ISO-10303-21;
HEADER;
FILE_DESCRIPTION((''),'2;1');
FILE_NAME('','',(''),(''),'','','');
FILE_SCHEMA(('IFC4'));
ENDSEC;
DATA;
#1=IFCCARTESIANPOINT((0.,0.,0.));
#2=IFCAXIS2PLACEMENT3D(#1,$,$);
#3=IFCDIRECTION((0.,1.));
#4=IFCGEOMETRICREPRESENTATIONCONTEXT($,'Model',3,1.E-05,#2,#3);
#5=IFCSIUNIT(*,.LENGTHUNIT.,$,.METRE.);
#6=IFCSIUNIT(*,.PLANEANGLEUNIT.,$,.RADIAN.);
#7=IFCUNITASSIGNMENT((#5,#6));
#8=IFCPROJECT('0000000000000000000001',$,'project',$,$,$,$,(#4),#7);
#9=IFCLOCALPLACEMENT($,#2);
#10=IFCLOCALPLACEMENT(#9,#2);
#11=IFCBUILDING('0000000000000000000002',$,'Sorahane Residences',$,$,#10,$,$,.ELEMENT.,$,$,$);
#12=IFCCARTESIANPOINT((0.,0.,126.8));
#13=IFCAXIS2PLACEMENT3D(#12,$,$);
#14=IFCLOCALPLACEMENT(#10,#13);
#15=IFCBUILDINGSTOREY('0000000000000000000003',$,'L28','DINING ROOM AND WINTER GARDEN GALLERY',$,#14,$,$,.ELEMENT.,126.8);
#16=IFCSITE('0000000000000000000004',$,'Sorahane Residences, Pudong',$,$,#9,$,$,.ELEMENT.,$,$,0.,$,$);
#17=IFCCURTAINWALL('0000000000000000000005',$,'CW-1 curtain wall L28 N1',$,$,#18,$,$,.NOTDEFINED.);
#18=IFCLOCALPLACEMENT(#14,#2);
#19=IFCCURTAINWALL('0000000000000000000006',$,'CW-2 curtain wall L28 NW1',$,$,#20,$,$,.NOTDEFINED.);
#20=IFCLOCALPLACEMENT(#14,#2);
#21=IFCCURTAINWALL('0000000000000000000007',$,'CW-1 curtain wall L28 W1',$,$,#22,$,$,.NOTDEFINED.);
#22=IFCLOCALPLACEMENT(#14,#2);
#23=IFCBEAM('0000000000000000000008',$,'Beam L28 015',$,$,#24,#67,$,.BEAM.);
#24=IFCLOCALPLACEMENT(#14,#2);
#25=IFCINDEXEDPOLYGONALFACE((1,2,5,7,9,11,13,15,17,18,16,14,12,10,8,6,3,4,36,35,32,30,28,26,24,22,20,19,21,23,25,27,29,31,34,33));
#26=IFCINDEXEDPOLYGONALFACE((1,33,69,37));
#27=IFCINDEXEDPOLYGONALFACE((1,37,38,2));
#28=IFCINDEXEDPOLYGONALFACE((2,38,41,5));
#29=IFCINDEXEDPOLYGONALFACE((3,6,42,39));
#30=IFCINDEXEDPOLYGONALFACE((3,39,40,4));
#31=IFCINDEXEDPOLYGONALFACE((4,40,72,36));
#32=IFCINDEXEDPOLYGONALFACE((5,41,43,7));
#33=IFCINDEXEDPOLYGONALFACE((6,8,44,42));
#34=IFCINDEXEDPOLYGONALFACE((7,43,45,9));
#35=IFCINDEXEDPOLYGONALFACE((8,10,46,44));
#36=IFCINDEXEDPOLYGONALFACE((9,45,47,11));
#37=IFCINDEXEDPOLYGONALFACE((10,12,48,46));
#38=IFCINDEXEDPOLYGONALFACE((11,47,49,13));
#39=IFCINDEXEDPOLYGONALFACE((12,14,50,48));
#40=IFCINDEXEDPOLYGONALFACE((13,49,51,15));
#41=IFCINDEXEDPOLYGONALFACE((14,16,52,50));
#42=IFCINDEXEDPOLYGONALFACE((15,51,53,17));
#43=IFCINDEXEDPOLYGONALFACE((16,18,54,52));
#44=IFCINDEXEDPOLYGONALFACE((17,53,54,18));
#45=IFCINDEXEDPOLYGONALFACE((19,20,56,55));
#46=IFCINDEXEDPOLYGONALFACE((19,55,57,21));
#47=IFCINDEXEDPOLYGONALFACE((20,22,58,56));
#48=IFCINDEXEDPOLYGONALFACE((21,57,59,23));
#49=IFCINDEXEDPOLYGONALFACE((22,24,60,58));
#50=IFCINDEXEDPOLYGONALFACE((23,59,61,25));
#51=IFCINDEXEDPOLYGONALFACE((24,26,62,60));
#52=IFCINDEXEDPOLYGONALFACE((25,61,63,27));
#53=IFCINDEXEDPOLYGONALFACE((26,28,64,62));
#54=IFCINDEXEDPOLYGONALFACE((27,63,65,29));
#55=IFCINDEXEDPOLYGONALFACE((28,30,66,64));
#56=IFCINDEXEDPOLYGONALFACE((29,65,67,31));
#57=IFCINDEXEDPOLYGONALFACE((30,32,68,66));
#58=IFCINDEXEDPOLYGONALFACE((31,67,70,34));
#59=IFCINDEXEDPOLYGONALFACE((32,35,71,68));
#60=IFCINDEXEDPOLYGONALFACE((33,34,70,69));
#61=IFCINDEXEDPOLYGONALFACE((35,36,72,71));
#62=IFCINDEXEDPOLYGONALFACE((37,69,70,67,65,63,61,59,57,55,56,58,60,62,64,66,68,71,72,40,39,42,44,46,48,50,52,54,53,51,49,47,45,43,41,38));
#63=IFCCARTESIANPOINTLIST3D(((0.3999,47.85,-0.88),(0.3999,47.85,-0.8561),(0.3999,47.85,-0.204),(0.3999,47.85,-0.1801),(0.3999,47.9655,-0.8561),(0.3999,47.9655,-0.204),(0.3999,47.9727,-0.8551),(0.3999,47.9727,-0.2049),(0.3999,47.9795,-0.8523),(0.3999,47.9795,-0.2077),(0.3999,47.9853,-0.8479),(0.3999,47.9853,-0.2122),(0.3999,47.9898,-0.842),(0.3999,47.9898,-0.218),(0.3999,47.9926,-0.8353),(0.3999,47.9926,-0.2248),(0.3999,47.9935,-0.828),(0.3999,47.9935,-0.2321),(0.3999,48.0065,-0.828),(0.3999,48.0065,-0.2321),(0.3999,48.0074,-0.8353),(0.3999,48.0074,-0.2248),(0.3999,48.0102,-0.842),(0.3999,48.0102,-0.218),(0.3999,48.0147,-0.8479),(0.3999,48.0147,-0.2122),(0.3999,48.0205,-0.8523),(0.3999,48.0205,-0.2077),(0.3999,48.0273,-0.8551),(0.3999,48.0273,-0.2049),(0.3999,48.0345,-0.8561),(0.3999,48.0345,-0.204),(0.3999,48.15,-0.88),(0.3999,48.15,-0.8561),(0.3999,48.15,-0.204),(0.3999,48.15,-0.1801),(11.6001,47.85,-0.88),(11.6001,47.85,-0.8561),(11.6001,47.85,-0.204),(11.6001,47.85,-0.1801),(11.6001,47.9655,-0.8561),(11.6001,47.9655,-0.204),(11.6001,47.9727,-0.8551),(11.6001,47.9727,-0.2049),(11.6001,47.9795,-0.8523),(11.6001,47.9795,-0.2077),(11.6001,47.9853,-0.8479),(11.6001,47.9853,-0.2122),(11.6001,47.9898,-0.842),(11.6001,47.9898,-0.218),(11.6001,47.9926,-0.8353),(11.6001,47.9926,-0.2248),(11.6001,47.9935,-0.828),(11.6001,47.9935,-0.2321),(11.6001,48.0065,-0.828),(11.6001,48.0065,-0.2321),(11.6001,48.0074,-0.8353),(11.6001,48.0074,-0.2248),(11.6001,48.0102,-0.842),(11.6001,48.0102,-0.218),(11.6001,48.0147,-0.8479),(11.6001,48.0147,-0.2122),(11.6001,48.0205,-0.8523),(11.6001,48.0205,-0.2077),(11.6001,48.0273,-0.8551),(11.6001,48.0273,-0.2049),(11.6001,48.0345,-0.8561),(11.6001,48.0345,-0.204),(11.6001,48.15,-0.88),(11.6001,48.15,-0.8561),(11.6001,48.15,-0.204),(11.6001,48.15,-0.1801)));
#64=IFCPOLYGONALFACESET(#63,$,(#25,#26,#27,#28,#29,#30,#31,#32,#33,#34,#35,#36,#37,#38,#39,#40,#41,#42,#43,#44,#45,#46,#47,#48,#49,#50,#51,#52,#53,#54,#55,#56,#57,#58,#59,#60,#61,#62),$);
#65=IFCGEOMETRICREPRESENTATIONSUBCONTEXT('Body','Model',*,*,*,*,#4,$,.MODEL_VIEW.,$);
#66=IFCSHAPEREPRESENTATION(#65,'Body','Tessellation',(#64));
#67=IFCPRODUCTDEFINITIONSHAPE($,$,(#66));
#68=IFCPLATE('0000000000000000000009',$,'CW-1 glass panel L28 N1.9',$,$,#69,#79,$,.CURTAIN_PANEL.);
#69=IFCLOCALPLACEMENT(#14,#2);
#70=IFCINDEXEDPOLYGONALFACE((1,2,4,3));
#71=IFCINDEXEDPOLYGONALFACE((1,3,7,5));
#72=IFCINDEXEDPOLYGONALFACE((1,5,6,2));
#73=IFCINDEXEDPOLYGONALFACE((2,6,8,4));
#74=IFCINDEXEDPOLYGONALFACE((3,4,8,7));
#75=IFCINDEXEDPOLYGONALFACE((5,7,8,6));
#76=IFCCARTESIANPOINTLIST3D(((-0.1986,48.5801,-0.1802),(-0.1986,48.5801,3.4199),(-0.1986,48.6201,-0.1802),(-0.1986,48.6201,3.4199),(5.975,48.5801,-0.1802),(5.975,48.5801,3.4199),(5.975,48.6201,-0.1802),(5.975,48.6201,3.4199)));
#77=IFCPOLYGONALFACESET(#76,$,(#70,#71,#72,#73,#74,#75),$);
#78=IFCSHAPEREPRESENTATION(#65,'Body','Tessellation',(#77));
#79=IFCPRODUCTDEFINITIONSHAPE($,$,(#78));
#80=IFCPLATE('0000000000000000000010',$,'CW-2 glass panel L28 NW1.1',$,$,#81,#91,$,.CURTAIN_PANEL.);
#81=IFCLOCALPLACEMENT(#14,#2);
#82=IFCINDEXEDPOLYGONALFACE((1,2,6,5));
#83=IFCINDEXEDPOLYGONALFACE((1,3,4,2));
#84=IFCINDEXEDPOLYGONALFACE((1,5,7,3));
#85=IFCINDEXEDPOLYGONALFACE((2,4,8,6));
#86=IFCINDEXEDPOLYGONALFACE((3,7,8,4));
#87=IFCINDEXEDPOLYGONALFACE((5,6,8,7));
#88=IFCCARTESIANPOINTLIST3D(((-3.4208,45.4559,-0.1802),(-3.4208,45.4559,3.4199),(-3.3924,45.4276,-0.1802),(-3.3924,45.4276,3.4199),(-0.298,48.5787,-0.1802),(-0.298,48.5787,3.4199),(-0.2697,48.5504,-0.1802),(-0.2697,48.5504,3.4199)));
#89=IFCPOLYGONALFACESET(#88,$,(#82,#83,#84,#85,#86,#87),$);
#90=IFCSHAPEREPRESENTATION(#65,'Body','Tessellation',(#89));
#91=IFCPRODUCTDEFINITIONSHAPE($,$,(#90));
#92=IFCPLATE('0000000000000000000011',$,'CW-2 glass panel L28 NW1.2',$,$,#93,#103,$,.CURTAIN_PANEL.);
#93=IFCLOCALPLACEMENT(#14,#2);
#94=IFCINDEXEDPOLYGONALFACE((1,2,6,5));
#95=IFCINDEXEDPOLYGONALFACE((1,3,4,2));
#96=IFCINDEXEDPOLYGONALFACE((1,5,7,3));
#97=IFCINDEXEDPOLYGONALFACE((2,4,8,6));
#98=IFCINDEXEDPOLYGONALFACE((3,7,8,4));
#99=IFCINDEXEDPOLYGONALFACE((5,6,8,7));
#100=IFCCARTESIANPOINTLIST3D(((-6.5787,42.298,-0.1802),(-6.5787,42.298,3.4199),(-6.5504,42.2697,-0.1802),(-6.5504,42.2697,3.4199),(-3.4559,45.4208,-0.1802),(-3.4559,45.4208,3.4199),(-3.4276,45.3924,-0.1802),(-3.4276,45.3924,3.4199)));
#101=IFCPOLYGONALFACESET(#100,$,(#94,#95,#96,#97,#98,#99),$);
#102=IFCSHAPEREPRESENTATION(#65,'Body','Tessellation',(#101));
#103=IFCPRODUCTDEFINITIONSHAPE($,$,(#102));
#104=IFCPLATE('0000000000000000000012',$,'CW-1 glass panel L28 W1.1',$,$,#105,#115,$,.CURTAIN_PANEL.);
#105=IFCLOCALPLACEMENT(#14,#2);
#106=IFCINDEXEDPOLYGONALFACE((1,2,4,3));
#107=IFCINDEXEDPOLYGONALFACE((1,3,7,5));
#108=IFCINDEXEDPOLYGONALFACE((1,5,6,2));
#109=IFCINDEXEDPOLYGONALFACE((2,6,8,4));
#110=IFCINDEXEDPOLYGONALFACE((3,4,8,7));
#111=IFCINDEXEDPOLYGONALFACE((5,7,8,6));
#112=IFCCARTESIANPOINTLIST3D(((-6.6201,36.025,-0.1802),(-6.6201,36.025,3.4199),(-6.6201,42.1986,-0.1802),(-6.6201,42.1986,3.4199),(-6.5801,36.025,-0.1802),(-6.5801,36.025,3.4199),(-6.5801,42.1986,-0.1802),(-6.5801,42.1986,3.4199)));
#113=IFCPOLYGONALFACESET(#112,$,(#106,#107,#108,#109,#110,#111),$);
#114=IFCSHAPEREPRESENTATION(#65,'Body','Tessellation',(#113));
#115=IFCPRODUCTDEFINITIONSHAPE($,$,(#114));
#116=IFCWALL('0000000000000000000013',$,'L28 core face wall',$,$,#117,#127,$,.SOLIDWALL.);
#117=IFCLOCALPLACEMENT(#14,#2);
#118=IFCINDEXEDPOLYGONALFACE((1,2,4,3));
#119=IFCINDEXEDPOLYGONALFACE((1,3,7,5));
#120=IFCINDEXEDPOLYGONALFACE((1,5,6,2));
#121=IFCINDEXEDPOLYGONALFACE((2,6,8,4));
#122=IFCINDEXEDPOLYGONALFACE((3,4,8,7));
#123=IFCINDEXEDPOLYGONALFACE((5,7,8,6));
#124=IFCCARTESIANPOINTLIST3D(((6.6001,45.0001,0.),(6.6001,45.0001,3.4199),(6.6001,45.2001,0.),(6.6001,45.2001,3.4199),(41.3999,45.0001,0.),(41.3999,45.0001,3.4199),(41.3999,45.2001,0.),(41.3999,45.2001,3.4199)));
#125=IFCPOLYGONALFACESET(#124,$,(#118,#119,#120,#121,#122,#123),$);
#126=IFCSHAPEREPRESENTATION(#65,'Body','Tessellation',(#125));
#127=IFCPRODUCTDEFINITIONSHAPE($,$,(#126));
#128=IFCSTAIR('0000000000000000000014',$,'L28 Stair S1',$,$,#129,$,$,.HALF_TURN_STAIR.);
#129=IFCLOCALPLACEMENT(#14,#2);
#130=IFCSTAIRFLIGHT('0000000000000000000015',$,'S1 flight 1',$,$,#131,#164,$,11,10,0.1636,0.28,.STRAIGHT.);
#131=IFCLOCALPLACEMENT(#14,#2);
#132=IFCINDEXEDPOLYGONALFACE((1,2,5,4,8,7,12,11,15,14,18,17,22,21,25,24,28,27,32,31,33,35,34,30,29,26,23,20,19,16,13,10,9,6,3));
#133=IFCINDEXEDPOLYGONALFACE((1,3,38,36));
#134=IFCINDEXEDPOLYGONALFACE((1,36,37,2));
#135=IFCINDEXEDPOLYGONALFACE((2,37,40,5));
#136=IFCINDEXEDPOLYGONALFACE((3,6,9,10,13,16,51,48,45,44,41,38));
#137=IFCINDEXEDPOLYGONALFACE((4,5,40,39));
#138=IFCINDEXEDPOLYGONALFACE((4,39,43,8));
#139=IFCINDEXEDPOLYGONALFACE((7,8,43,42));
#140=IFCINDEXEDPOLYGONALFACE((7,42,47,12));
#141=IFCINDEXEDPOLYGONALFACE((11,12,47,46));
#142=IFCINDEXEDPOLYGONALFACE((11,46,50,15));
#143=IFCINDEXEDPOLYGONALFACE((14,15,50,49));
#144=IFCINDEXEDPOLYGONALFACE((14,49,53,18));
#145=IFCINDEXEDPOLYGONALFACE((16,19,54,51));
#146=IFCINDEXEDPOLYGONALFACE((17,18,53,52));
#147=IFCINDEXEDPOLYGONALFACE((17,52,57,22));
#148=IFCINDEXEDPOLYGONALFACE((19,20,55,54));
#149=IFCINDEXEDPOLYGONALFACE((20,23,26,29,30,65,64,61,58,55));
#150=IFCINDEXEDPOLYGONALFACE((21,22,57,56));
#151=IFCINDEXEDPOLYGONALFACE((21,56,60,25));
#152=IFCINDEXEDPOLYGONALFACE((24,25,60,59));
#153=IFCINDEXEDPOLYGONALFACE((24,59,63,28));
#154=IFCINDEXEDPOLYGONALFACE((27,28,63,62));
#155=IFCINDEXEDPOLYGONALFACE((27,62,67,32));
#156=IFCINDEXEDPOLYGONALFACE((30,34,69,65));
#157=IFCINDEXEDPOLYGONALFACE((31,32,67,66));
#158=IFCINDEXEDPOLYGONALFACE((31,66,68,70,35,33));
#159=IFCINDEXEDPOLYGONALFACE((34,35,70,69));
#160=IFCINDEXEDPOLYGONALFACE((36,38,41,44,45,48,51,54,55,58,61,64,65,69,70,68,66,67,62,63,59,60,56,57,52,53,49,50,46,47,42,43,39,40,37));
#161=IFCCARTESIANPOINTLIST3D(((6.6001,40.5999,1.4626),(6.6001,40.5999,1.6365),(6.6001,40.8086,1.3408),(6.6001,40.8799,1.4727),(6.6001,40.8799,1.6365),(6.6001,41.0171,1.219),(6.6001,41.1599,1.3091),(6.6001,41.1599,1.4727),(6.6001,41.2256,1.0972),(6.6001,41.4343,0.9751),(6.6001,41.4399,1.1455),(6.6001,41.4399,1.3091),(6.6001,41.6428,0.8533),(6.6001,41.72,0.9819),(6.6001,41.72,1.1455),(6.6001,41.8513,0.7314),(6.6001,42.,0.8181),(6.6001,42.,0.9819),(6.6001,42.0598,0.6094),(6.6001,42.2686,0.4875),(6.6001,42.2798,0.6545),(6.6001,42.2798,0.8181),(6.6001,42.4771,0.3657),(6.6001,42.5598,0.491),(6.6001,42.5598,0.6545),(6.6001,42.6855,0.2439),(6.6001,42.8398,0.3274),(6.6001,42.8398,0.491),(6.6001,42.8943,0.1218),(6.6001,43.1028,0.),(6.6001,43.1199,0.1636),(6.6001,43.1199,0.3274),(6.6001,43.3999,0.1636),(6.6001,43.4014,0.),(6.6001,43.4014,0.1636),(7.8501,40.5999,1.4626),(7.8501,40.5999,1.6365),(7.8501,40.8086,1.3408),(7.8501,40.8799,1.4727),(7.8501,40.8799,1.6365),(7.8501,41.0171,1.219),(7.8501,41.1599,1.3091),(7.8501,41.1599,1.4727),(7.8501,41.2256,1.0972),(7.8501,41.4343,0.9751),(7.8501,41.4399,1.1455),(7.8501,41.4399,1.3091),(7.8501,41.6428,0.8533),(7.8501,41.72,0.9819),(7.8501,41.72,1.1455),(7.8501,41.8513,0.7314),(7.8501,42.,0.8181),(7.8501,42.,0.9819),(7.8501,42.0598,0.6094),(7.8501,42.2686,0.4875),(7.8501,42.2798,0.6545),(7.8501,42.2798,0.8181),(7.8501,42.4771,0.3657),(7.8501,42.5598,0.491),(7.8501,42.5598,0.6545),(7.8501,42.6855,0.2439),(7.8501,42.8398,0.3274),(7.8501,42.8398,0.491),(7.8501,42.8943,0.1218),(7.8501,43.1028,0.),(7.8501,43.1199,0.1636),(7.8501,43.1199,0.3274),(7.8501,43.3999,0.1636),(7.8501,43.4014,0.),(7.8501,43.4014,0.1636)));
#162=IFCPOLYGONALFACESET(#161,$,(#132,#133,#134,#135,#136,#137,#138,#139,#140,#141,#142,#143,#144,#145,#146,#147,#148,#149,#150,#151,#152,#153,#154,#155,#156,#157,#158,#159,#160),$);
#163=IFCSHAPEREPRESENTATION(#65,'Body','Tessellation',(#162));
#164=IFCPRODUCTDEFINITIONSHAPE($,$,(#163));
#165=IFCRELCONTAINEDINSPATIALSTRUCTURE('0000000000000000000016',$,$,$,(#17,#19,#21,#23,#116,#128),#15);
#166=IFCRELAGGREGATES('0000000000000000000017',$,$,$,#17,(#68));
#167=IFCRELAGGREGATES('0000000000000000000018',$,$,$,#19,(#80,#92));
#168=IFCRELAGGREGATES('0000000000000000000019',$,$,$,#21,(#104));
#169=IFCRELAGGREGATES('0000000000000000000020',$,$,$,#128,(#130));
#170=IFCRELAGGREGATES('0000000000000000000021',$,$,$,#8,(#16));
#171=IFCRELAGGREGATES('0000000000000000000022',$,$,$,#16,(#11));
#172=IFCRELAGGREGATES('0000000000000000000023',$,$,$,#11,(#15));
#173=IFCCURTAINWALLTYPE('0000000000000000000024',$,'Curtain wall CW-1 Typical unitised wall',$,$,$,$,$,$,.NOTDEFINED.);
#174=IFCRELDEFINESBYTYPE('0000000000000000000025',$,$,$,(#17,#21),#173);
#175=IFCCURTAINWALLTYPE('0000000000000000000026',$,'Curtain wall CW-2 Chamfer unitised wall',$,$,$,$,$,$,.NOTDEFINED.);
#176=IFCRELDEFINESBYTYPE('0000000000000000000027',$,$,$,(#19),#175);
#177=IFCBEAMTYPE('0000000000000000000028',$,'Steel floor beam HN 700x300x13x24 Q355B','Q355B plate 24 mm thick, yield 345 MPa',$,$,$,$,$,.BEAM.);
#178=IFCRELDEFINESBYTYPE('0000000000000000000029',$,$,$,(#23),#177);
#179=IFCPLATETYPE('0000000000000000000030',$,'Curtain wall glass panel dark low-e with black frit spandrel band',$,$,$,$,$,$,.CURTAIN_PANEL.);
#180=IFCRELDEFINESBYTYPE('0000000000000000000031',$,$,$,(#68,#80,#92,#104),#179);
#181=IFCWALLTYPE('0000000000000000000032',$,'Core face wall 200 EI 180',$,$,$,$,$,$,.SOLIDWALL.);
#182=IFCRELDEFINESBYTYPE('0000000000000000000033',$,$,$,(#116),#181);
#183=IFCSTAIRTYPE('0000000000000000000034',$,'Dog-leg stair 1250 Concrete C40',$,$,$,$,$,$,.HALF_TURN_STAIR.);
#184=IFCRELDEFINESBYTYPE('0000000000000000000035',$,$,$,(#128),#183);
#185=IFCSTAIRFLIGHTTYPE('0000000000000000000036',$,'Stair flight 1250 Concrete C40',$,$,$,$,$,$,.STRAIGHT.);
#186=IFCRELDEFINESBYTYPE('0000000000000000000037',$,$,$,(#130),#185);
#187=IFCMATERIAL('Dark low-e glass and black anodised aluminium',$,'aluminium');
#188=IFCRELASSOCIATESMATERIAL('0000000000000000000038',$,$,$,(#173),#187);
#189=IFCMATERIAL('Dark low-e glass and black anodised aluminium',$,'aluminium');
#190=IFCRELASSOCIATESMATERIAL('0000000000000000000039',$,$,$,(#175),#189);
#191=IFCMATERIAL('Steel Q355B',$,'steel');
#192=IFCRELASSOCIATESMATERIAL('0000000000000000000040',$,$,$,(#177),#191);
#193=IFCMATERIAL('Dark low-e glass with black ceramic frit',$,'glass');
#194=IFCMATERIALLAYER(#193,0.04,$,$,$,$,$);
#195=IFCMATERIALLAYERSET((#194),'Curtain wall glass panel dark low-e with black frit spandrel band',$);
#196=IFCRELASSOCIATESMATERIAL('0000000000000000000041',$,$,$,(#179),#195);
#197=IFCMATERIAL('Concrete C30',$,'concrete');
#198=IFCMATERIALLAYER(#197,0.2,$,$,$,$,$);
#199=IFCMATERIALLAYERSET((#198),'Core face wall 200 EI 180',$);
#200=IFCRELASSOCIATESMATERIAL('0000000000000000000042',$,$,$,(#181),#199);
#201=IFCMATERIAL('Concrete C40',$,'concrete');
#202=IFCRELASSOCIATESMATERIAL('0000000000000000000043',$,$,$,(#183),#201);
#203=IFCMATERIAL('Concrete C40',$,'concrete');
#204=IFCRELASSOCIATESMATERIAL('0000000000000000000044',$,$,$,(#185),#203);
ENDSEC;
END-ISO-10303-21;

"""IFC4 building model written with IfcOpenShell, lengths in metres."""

from ifc_helpers import new_model, si_unit, direction, frame, frame_2d, origin, origin_2d, place, context, subcontext, project, spatial, polyline, rectangle, i_section, outline, extrude, material, layer, layer_set, material_profile, profile_set, type_object, element, aggregate, save


model = new_model("IFC4")

# Units and contexts
model_context = context("Model", 3, precision=1e-05, world=origin(), true_north=direction((0.0, 1.0)))
body_context = subcontext(model_context, "Body", "Model", "MODEL_VIEW")
ifc_project = project(units=[si_unit("LENGTHUNIT", "METRE"), si_unit("PLANEANGLEUNIT", "RADIAN")], contexts=[model_context])

# Site, building, storey
site_placement = place(None, origin())
site = spatial("IfcSite", under=ifc_project, at=site_placement, Name="Sorahane Residences, Pudong", CompositionType="ELEMENT", RefElevation=0.0)
building_placement = place(site_placement, origin())
building = spatial("IfcBuilding", under=site, at=building_placement, Name="Sorahane Residences", CompositionType="ELEMENT")
storey_placement = place(building_placement, frame((0.0, 0.0, 126.8)))
storey = spatial("IfcBuildingStorey", under=building, at=storey_placement, Name="L28", Description="DINING ROOM AND WINTER GARDEN GALLERY", CompositionType="ELEMENT", Elevation=126.8)

# Curtain walls
ifc_material_1 = material(Name="Dark low-e glass and black anodised aluminium", Category="aluminium")
curtain_wall_type_1 = type_object("IfcCurtainWallType", Name="Curtain wall CW-1 Typical unitised wall", PredefinedType="NOTDEFINED", material=ifc_material_1)
curtain_wall_1_placement = place(storey_placement, origin())
curtain_wall_1 = element("IfcCurtainWall", 1, at=curtain_wall_1_placement, inside=storey, type_object=curtain_wall_type_1, Name="CW-1 curtain wall L28 N1", PredefinedType="NOTDEFINED")
ifc_material_2 = material(Name="Dark low-e glass and black anodised aluminium", Category="aluminium")
curtain_wall_type_2 = type_object("IfcCurtainWallType", Name="Curtain wall CW-2 Chamfer unitised wall", PredefinedType="NOTDEFINED", material=ifc_material_2)
curtain_wall_2_placement = place(storey_placement, origin())
curtain_wall_2 = element("IfcCurtainWall", 2, at=curtain_wall_2_placement, inside=storey, type_object=curtain_wall_type_2, Name="CW-2 curtain wall L28 NW1", PredefinedType="NOTDEFINED")

# Curtain wall
curtain_wall_3_placement = place(storey_placement, origin())
curtain_wall_3 = element("IfcCurtainWall", 3, at=curtain_wall_3_placement, inside=storey, type_object=curtain_wall_type_1, Name="CW-1 curtain wall L28 W1", PredefinedType="NOTDEFINED")

# Beam
ifc_material_3 = material(Name="Steel Q355B", Category="steel")
ifc_material_profile_1 = material_profile(ifc_material_3, i_section(OverallWidth=0.3, OverallDepth=0.7, WebThickness=0.0129, FlangeThickness=0.0239, FilletRadius=0.0281, at=origin_2d()), Name="HN 700x300x13x24")
ifc_profile_set_1 = profile_set([ifc_material_profile_1], Name="Steel Q355B")
beam_type_1 = type_object("IfcBeamType", Name="Steel floor beam HN 700x300x13x24 Q355B", Description="Q355B plate 24 mm thick, yield 345 MPa", PredefinedType="BEAM", material=ifc_profile_set_1)
beam_1_placement = place(storey_placement, frame((0.3999, 48.0, -0.53), z_axis=(1.0, 0.0, 0.0), x_axis=(0.0, 1.0, 0.0)))
element("IfcBeam", 4, at=beam_1_placement, inside=storey, type_object=beam_type_1, Name="Beam L28 015", PredefinedType="BEAM", context=body_context, shape_type="SweptSolid", body=[
    extrude(i_section(OverallWidth=0.3, OverallDepth=0.7, WebThickness=0.0129, FlangeThickness=0.0239, FilletRadius=0.0281, at=origin_2d()), origin(), (0.0, 0.0, 1.0), 11.2002),
])

# Plates
ifc_material_4 = material(Name="Dark low-e glass with black ceramic frit", Category="glass")
ifc_layer_1 = layer(ifc_material_4, 0.04)
ifc_layer_set_1 = layer_set([ifc_layer_1], Name="Curtain wall glass panel dark low-e with black frit spandrel band")
plate_type = type_object("IfcPlateType", Name="Curtain wall glass panel dark low-e with black frit spandrel band", PredefinedType="CURTAIN_PANEL", material=ifc_layer_set_1)
plate_1_placement = place(storey_placement, frame((2.8882, 48.6001, -0.1802), z_axis=(0.0, 0.0, 1.0), x_axis=(-1.0, 0.0, 0.0)))
plate_1 = element("IfcPlate", 5, at=plate_1_placement, type_object=plate_type, Name="CW-1 glass panel L28 N1.9", PredefinedType="CURTAIN_PANEL", context=body_context, shape_type="SweptSolid", body=[
    extrude(rectangle(XDim=6.1736, YDim=0.04, at=origin_2d()), origin(), (0.0, 0.0, 1.0), 3.6001),
])
aggregate(curtain_wall_1, [plate_1])
plate_2_placement = place(storey_placement, frame((-1.8452, 47.0032, -0.1802), z_axis=(0.0, 0.0, 1.0), x_axis=(-0.707107, -0.707107, 0.0)))
plate_2 = element("IfcPlate", 6, at=plate_2_placement, type_object=plate_type, Name="CW-2 glass panel L28 NW1.1", PredefinedType="CURTAIN_PANEL", context=body_context, shape_type="SweptSolid", body=[
    extrude(rectangle(XDim=4.4163, YDim=0.04, at=origin_2d()), origin(), (0.0, 0.0, 1.0), 3.6001),
])
plate_3_placement = place(storey_placement, frame((-5.0032, 43.8452, -0.1802), z_axis=(0.0, 0.0, 1.0), x_axis=(-0.707107, -0.707107, 0.0)))
plate_3 = element("IfcPlate", 7, at=plate_3_placement, type_object=plate_type, Name="CW-2 glass panel L28 NW1.2", PredefinedType="CURTAIN_PANEL", context=body_context, shape_type="SweptSolid", body=[
    extrude(rectangle(XDim=4.4163, YDim=0.04, at=origin_2d()), origin(), (0.0, 0.0, 1.0), 3.6001),
])
aggregate(curtain_wall_2, [plate_2, plate_3])
plate_4_placement = place(storey_placement, frame((-6.6001, 39.1118, -0.1802), z_axis=(0.0, 0.0, 1.0), x_axis=(0.0, -1.0, 0.0)))
plate_4 = element("IfcPlate", 8, at=plate_4_placement, type_object=plate_type, Name="CW-1 glass panel L28 W1.1", PredefinedType="CURTAIN_PANEL", context=body_context, shape_type="SweptSolid", body=[
    extrude(rectangle(XDim=6.1736, YDim=0.04, at=origin_2d()), origin(), (0.0, 0.0, 1.0), 3.6001),
])
aggregate(curtain_wall_3, [plate_4])

# Wall
ifc_material_5 = material(Name="Concrete C30", Category="concrete")
ifc_layer_2 = layer(ifc_material_5, 0.2)
ifc_layer_set_2 = layer_set([ifc_layer_2], Name="Core face wall 200 EI 180")
wall_type = type_object("IfcWallType", Name="Core face wall 200 EI 180", PredefinedType="SOLIDWALL", material=ifc_layer_set_2)
wall_placement = place(storey_placement, frame((6.6001, 45.1001, 0.0), z_axis=(0.0, 0.0, 1.0), x_axis=(1.0, 0.0, 0.0)))
element("IfcWall", 9, at=wall_placement, inside=storey, type_object=wall_type, Name="L28 core face wall", PredefinedType="SOLIDWALL", context=body_context, shape_type="SweptSolid", body=[
    extrude(rectangle(XDim=34.7998, YDim=0.2, at=frame_2d((17.3999, 0.0))), origin(), (0.0, 0.0, 1.0), 3.4199),
])

# Stair, stair flight
ifc_material_6 = material(Name="Concrete C40", Category="concrete")
stair_type = type_object("IfcStairType", Name="Dog-leg stair 1250 Concrete C40", PredefinedType="HALF_TURN_STAIR", material=ifc_material_6)
stair_placement = place(storey_placement, origin())
stair = element("IfcStair", 10, at=stair_placement, inside=storey, type_object=stair_type, Name="L28 Stair S1", PredefinedType="HALF_TURN_STAIR")
ifc_material_7 = material(Name="Concrete C40", Category="concrete")
stair_flight_type = type_object("IfcStairFlightType", Name="Stair flight 1250 Concrete C40", PredefinedType="STRAIGHT", material=ifc_material_7)
stair_flight_placement = place(storey_placement, frame((7.2251, 43.3999, 0.0), z_axis=(0.0, 0.0, 1.0), x_axis=(0.0, -1.0, 0.0)))
stair_flight = element("IfcStairFlight", 11, at=stair_flight_placement, type_object=stair_flight_type, Name="S1 flight 1", NumberOfRisers=11, NumberOfTreads=10, PredefinedType="STRAIGHT", RiserHeight=0.1636, TreadLength=0.28, context=body_context, shape_type="SweptSolid", body=[
    extrude(outline(polyline([(-0.0015, 0.0), (-0.0015, 0.1636), (0.0, 0.1636), (0.28, 0.1636), (0.28, 0.3274), (0.5601, 0.3274), (0.5601, 0.491), (0.8401, 0.491), (0.8401, 0.6545), (1.1201, 0.6545), (1.1201, 0.8181), (1.3999, 0.8181), (1.3999, 0.9819), (1.6799, 0.9819), (1.6799, 1.1455), (1.96, 1.1455), (1.96, 1.3091), (2.24, 1.3091), (2.24, 1.4727), (2.52, 1.4727), (2.52, 1.6365), (2.8, 1.6365), (2.8, 1.8), (2.8, 1.4626), (2.5913, 1.3408), (2.3828, 1.219), (2.1743, 1.0972), (1.9656, 0.9751), (1.7571, 0.8533), (1.5486, 0.7314), (1.3401, 0.6094), (1.1313, 0.4875), (0.9229, 0.3657), (0.7144, 0.2439), (0.5056, 0.1218), (0.2971, 0.0), (-0.0015, 0.0)])), frame((0.0, 0.625, 0.0), z_axis=(0.0, -1.0, 0.0), x_axis=(1.0, 0.0, 0.0)), (0.0, 0.0, 1.0), 1.25),
])
aggregate(stair, [stair_flight])

save(model, "model.ifc")
